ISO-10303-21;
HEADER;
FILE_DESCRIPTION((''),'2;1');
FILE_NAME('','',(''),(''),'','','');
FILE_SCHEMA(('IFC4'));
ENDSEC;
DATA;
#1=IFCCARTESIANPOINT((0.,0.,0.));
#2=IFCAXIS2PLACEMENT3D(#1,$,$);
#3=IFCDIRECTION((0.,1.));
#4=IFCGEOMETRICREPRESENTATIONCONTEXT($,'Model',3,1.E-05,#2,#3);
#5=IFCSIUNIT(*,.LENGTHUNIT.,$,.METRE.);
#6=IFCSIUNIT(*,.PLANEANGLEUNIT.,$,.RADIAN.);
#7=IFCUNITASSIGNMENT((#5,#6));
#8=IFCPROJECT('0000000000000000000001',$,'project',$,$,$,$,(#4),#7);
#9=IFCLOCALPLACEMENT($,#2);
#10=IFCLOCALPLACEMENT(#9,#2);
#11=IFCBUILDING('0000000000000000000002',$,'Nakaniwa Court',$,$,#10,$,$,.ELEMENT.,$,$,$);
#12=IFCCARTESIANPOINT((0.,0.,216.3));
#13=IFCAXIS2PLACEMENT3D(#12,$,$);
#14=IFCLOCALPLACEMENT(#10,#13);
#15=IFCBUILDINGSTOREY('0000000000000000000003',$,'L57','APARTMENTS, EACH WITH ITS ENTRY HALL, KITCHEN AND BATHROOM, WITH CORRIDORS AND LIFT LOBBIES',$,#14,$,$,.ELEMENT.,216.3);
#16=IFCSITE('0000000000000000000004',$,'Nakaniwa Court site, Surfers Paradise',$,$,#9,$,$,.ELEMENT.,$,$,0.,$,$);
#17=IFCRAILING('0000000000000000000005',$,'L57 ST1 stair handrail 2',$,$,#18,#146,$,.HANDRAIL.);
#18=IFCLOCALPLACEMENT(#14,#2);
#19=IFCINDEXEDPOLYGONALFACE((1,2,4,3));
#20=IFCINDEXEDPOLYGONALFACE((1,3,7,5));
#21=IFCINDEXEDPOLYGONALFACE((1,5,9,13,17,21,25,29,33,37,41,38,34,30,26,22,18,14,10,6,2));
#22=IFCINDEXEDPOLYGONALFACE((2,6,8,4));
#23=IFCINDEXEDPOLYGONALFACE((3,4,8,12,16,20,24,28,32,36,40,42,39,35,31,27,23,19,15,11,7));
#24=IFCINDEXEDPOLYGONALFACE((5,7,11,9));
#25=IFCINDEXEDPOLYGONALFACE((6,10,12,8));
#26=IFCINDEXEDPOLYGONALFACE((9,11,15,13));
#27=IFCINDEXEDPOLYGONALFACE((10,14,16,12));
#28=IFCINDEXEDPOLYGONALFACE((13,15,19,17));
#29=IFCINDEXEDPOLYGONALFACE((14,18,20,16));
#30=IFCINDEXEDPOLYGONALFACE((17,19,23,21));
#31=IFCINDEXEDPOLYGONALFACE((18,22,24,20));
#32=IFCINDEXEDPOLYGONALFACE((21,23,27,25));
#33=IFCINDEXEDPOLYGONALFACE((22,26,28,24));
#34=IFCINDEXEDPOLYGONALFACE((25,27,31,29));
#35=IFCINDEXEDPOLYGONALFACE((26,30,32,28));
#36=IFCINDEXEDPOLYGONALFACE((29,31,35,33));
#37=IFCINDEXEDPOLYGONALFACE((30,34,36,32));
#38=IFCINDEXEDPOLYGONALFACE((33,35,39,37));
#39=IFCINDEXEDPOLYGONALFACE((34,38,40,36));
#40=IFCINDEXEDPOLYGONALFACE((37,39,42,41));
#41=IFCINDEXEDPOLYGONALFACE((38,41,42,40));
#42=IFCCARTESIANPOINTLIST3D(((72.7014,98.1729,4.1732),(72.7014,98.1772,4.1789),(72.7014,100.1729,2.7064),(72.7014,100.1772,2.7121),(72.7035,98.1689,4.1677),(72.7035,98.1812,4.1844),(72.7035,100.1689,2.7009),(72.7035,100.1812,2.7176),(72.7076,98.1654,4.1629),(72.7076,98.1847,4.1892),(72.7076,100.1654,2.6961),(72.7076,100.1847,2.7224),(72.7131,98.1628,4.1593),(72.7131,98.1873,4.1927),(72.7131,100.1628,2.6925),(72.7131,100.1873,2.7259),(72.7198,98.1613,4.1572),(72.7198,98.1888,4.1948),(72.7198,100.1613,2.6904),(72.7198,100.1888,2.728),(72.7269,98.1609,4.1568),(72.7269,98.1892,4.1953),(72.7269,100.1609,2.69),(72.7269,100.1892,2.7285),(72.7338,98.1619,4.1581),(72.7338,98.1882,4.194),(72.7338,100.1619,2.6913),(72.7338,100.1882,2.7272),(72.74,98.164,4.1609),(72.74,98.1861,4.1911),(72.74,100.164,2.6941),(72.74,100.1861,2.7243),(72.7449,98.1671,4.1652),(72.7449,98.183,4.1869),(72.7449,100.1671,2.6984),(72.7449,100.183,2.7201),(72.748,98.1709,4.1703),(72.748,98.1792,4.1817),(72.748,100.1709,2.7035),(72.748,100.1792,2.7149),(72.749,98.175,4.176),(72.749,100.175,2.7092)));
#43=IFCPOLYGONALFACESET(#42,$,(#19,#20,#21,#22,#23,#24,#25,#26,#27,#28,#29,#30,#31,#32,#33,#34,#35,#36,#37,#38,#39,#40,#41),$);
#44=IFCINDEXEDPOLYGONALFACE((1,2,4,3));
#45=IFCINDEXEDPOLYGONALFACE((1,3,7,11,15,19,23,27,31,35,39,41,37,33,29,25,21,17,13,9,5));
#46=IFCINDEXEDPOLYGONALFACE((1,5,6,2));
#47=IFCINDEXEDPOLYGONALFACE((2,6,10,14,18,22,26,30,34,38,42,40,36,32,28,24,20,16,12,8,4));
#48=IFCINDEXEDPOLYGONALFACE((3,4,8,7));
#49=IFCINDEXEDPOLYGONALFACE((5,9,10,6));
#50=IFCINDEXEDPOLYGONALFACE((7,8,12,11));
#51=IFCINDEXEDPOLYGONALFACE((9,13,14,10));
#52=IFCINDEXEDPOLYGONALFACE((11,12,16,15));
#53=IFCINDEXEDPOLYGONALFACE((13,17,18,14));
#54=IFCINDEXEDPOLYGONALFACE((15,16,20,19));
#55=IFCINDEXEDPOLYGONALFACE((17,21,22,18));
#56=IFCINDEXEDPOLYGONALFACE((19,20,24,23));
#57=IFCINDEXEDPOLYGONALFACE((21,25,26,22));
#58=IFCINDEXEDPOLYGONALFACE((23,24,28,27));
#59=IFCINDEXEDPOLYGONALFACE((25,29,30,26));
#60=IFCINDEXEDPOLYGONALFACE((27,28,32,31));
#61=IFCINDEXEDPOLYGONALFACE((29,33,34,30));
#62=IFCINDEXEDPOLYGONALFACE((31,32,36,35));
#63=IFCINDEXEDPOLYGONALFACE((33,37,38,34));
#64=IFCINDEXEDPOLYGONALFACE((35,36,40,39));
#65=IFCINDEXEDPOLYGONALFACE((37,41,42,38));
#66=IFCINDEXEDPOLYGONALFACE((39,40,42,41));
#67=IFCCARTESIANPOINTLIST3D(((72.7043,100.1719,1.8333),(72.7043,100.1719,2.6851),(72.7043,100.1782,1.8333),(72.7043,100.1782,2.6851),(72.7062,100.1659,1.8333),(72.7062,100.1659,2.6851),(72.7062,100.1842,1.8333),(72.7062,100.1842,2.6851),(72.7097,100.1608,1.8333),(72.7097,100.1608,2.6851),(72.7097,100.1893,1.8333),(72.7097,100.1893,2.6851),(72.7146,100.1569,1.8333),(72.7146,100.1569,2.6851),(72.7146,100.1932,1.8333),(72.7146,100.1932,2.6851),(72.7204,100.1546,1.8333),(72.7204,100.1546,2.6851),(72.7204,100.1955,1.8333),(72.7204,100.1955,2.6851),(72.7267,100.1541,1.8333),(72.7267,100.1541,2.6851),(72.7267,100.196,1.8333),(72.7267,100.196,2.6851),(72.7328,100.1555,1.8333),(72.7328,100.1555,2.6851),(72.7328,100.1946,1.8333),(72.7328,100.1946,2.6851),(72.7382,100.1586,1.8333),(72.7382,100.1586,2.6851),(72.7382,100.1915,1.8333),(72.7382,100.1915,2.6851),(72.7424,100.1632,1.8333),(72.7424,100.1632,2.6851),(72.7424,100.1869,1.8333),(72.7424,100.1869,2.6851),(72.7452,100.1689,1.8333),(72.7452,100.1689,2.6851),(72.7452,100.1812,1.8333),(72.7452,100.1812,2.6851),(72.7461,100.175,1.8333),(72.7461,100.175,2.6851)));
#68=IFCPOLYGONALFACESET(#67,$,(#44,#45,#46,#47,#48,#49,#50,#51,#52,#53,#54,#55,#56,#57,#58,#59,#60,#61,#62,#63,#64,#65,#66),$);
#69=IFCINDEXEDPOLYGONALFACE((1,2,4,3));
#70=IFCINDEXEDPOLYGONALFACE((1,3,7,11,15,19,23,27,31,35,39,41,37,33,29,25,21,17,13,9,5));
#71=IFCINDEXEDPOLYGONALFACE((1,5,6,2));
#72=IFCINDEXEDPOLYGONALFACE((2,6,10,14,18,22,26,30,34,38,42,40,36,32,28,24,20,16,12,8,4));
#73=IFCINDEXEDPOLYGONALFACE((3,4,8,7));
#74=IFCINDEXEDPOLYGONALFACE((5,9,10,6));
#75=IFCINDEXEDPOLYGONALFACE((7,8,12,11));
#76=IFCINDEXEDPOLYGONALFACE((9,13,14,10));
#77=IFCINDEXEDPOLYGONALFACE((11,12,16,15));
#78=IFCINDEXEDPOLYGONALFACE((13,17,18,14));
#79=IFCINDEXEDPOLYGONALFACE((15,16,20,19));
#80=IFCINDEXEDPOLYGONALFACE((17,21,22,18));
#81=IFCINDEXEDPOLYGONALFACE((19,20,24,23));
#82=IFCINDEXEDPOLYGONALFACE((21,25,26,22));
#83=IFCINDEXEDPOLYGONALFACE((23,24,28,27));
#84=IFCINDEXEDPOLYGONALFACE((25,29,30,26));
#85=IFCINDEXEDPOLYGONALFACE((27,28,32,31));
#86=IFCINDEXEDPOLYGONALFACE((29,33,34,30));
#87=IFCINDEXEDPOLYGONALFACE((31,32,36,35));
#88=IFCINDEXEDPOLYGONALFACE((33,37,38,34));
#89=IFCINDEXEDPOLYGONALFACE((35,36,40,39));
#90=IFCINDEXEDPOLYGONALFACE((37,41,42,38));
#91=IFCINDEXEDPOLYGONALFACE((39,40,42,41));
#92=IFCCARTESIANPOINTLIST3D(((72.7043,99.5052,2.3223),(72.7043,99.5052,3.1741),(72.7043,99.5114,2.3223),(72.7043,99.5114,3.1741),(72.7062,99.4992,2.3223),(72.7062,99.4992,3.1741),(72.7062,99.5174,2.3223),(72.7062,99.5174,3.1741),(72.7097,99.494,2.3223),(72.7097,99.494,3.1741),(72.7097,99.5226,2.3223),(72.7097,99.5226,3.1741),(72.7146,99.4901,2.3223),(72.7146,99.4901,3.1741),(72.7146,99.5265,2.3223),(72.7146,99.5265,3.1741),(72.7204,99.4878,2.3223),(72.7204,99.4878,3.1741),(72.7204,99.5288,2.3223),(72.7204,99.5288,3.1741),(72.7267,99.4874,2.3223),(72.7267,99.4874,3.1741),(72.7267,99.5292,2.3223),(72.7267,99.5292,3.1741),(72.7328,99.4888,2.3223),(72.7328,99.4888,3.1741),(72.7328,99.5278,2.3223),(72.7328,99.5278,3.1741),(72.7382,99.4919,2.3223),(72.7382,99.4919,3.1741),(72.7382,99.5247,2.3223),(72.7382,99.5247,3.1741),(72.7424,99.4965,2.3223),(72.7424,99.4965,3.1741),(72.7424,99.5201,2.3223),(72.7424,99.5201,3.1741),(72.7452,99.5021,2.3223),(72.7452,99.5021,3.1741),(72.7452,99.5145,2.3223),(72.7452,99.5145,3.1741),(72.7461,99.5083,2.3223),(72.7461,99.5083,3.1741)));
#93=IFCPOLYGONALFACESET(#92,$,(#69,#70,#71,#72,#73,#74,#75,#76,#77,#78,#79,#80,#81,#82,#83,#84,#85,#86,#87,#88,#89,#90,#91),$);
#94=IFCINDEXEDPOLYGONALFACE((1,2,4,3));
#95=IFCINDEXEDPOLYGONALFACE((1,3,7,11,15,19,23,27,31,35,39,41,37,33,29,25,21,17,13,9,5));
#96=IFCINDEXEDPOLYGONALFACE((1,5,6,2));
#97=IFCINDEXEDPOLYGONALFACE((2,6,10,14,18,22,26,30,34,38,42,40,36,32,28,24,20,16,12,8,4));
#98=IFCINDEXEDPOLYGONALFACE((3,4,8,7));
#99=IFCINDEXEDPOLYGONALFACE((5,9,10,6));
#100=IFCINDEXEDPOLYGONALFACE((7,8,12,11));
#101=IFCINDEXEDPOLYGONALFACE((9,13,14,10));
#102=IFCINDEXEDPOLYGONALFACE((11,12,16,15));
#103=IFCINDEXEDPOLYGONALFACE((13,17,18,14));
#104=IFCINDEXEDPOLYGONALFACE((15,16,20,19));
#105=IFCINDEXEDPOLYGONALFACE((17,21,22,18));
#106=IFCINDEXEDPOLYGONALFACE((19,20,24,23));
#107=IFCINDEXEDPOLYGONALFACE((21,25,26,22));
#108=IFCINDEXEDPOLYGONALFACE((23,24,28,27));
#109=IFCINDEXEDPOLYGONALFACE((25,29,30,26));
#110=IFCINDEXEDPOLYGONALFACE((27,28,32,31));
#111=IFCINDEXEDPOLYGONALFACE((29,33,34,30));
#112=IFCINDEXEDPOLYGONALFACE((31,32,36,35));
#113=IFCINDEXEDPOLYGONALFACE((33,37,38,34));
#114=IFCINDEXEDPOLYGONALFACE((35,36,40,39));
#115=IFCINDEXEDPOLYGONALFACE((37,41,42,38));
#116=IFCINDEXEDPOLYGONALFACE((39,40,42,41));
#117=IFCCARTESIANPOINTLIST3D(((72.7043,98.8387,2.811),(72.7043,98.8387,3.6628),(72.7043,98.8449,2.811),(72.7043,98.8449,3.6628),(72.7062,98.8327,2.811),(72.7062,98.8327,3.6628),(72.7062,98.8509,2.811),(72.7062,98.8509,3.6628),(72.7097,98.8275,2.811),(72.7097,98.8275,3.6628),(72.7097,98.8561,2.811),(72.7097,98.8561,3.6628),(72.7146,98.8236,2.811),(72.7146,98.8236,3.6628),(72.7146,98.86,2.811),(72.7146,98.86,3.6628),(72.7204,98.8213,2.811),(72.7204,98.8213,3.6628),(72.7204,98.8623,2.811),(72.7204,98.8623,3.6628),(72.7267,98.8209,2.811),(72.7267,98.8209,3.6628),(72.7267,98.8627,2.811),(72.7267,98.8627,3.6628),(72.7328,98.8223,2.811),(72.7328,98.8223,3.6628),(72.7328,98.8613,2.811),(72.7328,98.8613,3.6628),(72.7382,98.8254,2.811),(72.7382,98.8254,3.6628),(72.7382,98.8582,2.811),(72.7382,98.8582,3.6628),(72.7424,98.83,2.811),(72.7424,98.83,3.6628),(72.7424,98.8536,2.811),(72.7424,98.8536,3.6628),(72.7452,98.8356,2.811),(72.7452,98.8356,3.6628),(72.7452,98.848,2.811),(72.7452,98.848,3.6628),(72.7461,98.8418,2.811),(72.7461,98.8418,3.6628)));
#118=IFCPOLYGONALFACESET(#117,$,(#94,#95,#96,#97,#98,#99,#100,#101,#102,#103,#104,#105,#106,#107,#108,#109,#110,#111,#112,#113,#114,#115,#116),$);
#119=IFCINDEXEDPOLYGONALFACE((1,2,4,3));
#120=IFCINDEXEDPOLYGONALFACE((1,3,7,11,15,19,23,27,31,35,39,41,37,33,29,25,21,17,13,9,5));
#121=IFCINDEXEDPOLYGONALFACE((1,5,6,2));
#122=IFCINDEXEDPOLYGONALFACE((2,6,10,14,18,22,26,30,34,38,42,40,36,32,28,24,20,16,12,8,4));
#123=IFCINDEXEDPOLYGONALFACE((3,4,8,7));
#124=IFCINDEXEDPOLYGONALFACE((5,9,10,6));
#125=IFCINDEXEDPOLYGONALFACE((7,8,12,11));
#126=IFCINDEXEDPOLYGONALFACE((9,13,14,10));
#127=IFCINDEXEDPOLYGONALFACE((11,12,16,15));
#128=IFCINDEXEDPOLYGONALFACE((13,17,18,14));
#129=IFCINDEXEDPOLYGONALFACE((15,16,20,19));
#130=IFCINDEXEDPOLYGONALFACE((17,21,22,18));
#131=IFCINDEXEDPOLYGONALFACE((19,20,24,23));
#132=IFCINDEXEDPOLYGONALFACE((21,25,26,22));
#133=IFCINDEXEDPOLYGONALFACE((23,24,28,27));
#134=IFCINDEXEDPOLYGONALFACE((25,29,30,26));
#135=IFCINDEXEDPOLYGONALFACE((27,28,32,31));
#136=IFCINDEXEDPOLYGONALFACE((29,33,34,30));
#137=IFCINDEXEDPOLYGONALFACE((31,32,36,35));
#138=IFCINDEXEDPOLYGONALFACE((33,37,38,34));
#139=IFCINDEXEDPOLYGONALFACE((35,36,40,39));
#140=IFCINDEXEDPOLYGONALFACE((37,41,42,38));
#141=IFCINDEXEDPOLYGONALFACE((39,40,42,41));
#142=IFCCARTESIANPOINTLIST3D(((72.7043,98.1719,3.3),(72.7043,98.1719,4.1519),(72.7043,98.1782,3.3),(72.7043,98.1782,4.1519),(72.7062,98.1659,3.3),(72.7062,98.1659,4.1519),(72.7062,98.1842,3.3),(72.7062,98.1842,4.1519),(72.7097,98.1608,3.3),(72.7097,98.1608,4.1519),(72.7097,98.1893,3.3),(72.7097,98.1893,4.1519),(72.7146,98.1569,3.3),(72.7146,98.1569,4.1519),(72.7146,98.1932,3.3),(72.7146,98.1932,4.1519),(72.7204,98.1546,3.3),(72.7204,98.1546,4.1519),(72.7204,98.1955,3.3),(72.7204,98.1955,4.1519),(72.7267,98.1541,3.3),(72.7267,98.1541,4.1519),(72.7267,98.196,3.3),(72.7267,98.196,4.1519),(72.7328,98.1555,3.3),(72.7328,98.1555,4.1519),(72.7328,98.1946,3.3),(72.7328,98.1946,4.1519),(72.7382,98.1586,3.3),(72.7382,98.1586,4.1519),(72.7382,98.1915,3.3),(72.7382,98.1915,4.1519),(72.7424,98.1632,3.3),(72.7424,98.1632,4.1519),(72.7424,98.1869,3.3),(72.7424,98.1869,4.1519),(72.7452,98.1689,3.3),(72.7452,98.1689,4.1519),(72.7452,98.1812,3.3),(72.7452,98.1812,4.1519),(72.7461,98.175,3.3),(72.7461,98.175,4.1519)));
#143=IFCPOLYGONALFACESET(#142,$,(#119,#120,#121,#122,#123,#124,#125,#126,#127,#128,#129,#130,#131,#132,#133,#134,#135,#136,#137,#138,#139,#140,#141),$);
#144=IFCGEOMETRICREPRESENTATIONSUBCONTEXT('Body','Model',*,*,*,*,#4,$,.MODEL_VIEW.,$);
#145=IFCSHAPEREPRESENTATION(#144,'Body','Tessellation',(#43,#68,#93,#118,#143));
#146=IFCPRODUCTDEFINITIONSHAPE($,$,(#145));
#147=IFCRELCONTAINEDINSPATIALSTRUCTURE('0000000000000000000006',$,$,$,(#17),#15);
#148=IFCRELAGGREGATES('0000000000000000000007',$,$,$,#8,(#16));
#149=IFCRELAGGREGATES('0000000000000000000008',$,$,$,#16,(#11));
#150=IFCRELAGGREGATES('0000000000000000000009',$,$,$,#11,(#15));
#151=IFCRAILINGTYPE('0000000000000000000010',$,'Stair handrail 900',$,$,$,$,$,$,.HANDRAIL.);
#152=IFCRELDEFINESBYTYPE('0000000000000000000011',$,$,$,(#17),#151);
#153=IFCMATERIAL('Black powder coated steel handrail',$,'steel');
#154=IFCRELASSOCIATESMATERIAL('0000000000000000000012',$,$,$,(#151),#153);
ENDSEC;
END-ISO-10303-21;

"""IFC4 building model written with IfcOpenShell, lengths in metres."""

from ifc_helpers import new_model, si_unit, direction, frame, origin, origin_2d, place, context, subcontext, project, spatial, circle, extrude, material, type_object, element, save


model = new_model("IFC4")

# Units and contexts
model_context = context("Model", 3, precision=1e-05, world=origin(), true_north=direction((0.0, 1.0)))
body_context = subcontext(model_context, "Body", "Model", "MODEL_VIEW")
ifc_project = project(units=[si_unit("LENGTHUNIT", "METRE"), si_unit("PLANEANGLEUNIT", "RADIAN")], contexts=[model_context])

# Site, building, storey
site_placement = place(None, origin())
site = spatial("IfcSite", under=ifc_project, at=site_placement, Name="Nakaniwa Court site, Surfers Paradise", CompositionType="ELEMENT", RefElevation=0.0)
building_placement = place(site_placement, origin())
building = spatial("IfcBuilding", under=site, at=building_placement, Name="Nakaniwa Court", CompositionType="ELEMENT")
storey_placement = place(building_placement, frame((0.0, 0.0, 216.3)))
storey = spatial("IfcBuildingStorey", under=building, at=storey_placement, Name="L57", Description="APARTMENTS, EACH WITH ITS ENTRY HALL, KITCHEN AND BATHROOM, WITH CORRIDORS AND LIFT LOBBIES", CompositionType="ELEMENT", Elevation=216.3)

# Railing
ifc_material_1 = material(Name="Black powder coated steel handrail", Category="steel")
railing_type_1 = type_object("IfcRailingType", Name="Stair handrail 900", PredefinedType="HANDRAIL", material=ifc_material_1)
railing_1_placement = place(storey_placement, frame((72.7251, 100.175, 1.8333)))
element("IfcRailing", 1, at=railing_1_placement, inside=storey, type_object=railing_type_1, Name="L57 ST1 stair handrail 2", PredefinedType="HANDRAIL", context=body_context, shape_type="SweptSolid", body=[
    extrude(circle(Radius=0.0239, at=origin_2d()), frame((0.0, 0.0, 0.876), z_axis=(0.0, -0.80638, 0.591398), x_axis=(1.0, 0.0, 0.0)), (0.0, 0.0, 1.0), 2.4802),
    extrude(circle(Radius=0.021, at=origin_2d()), origin(), (0.0, 0.0, 1.0), 0.8518),
    extrude(circle(Radius=0.021, at=origin_2d()), frame((0.0, -0.6667, 0.489)), (0.0, 0.0, 1.0), 0.8518),
    extrude(circle(Radius=0.021, at=origin_2d()), frame((0.0, -1.3333, 0.9778)), (0.0, 0.0, 1.0), 0.8518),
    extrude(circle(Radius=0.021, at=origin_2d()), frame((0.0, -2.0, 1.4668)), (0.0, 0.0, 1.0), 0.8518),
])

save(model, "model.ifc")
